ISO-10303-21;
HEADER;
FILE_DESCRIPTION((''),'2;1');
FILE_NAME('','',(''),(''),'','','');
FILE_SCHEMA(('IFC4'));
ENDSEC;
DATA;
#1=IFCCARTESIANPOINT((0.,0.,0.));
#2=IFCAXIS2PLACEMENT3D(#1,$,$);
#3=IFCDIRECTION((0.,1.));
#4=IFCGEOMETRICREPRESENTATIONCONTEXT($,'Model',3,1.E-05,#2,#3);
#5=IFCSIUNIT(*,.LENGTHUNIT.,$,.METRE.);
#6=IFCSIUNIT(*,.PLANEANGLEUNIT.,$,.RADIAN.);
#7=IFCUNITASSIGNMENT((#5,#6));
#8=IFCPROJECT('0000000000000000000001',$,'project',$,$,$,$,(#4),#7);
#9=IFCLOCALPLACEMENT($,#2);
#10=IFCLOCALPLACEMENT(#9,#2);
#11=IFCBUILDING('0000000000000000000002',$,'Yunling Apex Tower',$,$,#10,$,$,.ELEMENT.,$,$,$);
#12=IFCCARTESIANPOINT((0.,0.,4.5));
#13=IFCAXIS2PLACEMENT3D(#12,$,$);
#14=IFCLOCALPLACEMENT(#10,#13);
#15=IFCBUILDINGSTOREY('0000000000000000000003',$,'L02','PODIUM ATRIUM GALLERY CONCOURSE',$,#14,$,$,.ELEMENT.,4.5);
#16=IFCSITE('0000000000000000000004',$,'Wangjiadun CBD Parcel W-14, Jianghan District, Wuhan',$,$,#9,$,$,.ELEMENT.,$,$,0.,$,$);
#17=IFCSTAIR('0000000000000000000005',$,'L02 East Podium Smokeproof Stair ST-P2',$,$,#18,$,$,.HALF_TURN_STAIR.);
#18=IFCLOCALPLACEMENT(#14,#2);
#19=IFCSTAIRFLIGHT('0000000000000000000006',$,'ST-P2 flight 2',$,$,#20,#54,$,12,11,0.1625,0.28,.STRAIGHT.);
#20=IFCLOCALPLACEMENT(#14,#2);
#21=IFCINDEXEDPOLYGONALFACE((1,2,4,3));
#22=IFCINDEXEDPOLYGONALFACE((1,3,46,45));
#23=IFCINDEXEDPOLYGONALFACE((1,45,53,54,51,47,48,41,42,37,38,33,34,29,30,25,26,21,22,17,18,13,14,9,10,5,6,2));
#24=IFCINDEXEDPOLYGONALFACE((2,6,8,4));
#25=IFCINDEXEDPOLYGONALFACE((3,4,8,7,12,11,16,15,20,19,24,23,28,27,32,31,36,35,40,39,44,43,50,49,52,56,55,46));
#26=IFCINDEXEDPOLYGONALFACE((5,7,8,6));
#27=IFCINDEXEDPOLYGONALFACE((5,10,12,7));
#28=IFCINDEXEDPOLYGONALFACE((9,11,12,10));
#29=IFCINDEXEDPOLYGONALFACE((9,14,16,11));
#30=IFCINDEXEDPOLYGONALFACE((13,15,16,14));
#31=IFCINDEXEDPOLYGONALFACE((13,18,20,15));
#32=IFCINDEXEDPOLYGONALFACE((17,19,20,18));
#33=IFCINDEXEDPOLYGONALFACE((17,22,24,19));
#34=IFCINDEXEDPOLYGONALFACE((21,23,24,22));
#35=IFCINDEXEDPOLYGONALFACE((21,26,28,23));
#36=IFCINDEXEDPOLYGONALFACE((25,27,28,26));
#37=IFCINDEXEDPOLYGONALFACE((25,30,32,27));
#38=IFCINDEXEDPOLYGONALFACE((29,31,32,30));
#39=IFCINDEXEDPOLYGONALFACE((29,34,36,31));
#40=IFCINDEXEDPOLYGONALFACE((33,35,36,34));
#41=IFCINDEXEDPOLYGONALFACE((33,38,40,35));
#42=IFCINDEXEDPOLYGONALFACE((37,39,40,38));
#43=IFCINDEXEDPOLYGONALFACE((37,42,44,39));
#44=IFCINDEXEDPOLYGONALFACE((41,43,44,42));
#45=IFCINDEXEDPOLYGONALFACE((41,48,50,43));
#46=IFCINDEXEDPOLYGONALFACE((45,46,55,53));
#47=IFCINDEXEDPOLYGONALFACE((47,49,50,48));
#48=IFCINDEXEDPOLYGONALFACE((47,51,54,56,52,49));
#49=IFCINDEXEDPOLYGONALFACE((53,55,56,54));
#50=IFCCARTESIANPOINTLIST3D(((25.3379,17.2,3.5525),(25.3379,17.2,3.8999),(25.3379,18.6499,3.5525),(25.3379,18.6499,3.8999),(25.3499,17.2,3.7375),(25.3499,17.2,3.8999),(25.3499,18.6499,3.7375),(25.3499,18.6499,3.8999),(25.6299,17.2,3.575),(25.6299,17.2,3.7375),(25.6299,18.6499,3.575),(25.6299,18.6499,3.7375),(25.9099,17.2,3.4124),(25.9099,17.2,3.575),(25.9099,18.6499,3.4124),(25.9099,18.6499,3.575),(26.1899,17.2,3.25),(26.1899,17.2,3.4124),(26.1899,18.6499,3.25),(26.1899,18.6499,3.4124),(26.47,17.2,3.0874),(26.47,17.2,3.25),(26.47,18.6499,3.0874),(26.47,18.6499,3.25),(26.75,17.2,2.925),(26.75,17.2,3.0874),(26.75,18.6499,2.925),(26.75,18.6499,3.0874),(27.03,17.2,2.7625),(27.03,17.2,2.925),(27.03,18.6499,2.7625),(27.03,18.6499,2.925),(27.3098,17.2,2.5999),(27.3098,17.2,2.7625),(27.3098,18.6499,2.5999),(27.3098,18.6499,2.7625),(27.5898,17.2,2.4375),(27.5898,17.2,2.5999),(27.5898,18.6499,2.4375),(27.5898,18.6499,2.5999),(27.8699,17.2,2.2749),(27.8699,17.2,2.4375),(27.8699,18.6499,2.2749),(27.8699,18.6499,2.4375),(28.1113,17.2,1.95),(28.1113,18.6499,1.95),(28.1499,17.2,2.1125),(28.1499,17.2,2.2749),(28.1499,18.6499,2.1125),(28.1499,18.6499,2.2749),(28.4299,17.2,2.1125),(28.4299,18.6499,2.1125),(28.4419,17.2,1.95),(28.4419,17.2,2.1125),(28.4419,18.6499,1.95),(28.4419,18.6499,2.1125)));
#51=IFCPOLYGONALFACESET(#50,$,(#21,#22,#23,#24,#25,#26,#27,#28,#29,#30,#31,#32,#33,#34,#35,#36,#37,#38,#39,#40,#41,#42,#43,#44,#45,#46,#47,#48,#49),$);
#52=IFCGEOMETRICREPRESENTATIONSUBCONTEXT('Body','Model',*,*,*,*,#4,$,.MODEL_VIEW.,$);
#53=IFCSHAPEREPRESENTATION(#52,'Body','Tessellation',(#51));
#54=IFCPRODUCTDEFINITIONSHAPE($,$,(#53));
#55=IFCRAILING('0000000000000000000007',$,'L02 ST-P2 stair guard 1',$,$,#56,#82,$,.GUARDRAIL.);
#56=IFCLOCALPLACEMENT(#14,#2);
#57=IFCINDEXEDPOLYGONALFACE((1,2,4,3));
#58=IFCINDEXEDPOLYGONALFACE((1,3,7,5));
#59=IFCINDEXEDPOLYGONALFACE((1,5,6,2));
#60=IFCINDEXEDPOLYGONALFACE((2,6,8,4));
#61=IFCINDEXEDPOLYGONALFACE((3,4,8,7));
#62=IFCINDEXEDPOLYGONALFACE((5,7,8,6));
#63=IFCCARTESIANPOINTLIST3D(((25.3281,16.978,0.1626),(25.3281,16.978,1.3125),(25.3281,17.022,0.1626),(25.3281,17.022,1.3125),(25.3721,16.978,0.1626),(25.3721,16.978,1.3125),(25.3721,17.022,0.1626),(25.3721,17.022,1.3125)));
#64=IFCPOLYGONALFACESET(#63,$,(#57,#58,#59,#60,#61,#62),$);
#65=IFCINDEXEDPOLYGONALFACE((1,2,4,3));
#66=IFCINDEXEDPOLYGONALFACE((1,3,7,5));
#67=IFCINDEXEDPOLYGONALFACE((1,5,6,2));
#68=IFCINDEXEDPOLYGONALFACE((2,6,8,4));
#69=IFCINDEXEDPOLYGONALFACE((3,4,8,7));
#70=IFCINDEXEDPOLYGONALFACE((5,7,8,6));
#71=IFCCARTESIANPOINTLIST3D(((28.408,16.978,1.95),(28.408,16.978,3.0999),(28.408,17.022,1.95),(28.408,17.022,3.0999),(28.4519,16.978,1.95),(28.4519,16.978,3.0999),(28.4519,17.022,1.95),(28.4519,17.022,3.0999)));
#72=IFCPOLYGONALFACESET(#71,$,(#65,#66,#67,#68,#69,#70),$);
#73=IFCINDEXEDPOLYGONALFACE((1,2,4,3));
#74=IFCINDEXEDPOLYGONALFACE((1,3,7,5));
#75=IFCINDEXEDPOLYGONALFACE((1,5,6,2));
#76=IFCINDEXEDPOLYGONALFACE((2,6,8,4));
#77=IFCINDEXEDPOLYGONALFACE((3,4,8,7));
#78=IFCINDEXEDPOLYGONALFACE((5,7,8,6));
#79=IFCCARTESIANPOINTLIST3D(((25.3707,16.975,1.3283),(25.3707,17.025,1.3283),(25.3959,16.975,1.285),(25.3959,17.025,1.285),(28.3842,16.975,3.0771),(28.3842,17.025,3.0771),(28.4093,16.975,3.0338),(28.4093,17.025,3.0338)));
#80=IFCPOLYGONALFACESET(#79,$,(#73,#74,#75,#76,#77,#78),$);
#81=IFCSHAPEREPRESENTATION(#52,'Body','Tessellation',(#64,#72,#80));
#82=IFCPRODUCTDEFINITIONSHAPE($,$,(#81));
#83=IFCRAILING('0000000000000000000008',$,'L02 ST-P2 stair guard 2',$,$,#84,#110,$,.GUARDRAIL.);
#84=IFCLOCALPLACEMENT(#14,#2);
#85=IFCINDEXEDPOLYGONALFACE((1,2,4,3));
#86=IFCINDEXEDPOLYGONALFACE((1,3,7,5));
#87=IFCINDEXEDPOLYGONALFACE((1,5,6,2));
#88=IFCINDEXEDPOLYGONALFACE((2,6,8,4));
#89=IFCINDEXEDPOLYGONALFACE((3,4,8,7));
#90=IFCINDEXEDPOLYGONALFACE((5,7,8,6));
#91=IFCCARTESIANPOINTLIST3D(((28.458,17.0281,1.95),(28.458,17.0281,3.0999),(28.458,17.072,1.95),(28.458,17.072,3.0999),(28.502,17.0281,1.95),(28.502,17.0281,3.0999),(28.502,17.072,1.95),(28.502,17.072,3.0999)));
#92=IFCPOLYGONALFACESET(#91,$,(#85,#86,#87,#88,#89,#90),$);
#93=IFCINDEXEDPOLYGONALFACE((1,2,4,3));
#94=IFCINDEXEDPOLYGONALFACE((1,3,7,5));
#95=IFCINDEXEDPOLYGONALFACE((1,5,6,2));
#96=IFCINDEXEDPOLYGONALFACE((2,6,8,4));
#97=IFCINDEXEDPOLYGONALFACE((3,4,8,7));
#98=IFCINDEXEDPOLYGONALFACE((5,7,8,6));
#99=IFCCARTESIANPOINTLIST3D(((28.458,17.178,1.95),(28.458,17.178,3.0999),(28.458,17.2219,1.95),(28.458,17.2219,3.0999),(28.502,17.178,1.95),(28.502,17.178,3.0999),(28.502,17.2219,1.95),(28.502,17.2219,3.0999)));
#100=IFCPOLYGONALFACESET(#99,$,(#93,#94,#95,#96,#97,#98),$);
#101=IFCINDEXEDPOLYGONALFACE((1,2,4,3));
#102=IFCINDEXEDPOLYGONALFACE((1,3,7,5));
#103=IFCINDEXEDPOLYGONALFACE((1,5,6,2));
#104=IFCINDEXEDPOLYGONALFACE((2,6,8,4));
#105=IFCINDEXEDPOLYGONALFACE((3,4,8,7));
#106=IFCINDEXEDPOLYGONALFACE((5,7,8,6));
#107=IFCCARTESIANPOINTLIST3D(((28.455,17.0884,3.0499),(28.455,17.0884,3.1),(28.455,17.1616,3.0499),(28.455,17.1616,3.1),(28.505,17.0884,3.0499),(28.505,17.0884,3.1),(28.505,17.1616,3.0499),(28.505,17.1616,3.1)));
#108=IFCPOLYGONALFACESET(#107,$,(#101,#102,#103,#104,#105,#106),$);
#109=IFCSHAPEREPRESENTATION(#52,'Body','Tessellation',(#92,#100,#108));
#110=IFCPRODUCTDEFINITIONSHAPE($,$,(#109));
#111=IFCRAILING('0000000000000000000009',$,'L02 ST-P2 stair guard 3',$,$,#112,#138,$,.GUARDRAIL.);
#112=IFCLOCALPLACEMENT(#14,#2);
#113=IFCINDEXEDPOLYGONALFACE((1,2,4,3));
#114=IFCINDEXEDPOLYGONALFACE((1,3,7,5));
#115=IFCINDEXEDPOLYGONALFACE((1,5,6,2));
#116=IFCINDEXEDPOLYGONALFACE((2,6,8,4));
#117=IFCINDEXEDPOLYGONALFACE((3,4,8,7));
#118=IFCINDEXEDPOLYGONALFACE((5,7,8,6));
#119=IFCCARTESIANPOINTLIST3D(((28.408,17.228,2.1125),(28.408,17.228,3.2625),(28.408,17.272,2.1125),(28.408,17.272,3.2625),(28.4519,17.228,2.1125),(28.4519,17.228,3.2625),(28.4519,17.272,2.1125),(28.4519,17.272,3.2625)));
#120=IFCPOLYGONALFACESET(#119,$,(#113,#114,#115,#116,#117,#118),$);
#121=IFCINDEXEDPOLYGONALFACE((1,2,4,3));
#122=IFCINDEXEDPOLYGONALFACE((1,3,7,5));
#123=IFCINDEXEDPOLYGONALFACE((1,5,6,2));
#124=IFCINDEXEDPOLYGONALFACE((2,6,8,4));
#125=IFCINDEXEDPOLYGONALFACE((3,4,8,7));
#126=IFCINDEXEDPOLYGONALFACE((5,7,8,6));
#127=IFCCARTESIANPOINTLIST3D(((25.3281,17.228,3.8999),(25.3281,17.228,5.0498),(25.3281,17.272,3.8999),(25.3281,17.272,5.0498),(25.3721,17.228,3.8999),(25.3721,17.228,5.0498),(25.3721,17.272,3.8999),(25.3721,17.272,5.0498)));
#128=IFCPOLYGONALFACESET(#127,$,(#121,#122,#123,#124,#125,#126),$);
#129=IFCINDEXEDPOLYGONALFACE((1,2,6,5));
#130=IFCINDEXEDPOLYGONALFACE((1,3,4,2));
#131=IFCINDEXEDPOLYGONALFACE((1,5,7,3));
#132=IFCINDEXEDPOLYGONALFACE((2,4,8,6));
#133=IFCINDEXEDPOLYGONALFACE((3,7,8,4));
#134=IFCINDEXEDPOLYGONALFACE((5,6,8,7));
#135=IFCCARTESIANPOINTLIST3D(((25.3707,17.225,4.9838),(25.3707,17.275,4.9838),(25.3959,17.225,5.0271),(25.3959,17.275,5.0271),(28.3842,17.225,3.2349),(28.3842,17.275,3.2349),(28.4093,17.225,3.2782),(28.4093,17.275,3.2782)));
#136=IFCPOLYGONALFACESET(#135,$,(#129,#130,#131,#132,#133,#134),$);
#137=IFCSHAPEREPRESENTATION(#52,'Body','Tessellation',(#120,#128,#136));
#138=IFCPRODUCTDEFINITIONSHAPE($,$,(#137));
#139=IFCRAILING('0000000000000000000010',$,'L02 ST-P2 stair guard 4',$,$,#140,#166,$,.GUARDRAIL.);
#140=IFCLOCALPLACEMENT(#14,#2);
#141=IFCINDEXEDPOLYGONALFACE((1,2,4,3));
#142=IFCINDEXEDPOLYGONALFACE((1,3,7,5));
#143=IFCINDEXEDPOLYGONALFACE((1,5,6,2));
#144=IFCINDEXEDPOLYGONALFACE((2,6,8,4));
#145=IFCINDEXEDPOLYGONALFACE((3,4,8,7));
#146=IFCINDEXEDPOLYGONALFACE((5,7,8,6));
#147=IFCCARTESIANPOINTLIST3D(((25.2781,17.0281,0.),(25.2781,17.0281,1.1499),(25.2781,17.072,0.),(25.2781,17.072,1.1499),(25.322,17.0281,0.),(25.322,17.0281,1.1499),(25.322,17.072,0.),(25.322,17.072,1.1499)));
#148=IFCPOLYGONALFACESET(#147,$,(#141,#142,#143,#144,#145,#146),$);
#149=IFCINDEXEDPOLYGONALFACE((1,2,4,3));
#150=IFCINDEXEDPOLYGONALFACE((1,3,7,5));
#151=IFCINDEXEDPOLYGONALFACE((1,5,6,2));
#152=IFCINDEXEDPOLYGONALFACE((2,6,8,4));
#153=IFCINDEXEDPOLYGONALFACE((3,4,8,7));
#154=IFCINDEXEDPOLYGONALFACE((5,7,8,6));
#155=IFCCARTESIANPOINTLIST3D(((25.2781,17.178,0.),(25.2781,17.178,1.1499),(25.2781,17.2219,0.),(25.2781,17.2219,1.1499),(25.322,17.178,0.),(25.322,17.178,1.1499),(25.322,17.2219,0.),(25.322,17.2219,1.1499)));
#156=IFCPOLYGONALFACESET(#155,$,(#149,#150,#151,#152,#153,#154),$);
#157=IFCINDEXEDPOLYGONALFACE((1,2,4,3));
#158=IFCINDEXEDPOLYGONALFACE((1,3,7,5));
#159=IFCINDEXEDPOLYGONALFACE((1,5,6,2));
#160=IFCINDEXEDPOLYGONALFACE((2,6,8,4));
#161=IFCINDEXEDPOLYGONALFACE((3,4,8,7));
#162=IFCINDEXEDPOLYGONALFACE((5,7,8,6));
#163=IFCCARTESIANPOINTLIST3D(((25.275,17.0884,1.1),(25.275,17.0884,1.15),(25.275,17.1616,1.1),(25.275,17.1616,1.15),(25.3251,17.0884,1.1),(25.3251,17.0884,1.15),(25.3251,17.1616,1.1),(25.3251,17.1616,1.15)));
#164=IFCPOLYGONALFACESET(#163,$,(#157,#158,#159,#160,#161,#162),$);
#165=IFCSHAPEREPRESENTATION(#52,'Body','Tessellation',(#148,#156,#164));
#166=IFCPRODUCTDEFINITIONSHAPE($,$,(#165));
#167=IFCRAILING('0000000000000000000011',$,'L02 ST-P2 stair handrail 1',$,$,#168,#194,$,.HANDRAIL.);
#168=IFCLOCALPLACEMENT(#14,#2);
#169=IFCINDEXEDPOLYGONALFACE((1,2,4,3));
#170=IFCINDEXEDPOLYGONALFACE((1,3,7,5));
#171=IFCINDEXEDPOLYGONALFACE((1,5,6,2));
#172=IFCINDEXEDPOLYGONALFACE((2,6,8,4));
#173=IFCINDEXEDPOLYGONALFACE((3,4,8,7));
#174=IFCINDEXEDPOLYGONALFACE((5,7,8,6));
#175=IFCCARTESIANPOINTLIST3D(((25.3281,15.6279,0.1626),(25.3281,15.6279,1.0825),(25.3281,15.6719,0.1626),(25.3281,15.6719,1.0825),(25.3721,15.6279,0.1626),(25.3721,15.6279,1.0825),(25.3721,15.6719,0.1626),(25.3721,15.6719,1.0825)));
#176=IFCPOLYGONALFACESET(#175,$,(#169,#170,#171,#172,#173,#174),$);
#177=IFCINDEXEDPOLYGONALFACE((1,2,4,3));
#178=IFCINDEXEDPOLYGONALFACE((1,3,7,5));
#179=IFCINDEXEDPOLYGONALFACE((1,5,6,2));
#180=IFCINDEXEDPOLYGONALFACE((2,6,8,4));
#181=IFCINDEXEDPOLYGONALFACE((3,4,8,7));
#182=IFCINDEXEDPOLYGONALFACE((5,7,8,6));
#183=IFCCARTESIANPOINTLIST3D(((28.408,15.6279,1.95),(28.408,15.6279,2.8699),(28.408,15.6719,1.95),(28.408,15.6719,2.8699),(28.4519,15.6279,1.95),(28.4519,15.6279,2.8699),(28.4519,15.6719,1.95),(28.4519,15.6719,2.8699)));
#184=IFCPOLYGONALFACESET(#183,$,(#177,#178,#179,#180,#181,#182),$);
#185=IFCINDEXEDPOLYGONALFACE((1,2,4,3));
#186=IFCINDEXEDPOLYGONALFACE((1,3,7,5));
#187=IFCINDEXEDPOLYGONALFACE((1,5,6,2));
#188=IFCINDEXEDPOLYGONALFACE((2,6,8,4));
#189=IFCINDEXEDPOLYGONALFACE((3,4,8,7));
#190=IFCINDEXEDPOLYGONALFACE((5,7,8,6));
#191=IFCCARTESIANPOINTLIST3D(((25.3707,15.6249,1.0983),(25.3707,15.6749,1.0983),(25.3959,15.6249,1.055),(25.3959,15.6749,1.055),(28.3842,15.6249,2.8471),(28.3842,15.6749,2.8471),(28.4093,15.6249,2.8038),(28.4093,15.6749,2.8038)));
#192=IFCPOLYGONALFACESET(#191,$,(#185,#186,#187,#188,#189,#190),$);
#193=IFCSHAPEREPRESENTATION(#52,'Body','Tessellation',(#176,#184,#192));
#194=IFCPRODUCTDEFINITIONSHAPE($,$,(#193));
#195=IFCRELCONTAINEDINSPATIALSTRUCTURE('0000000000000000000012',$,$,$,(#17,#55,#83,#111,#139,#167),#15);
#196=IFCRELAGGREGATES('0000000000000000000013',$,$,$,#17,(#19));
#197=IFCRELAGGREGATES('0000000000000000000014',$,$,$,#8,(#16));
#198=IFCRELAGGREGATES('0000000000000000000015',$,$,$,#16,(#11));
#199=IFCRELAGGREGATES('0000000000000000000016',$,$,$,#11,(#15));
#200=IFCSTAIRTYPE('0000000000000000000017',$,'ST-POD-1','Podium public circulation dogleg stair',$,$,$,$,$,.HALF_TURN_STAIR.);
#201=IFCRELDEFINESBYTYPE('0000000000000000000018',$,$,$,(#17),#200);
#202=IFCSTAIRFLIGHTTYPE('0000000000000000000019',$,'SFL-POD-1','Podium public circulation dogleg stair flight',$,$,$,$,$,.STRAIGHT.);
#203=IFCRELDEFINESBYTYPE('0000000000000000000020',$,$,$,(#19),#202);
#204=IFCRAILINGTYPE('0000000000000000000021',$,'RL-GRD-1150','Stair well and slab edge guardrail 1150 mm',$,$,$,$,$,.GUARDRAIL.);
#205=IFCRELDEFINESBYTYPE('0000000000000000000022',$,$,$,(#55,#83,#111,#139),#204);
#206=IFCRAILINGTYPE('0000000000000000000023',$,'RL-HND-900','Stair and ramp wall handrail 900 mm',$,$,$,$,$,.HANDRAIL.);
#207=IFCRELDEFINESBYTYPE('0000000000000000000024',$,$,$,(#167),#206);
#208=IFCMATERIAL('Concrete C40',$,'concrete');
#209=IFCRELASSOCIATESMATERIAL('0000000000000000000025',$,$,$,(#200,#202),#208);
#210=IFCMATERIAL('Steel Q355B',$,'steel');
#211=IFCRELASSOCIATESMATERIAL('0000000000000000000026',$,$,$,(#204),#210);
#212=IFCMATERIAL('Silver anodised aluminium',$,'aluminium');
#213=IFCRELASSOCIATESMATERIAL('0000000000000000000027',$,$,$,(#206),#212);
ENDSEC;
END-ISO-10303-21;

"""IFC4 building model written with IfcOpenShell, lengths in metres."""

from ifc_helpers import new_model, si_unit, direction, frame, origin, origin_2d, place, context, subcontext, project, spatial, polyline, rectangle, outline, extrude, material, type_object, element, aggregate, save


model = new_model("IFC4")

# Units and contexts
model_context = context("Model", 3, precision=1e-05, world=origin(), true_north=direction((0.0, 1.0)))
body_context = subcontext(model_context, "Body", "Model", "MODEL_VIEW")
ifc_project = project(units=[si_unit("LENGTHUNIT", "METRE"), si_unit("PLANEANGLEUNIT", "RADIAN")], contexts=[model_context])

# Site, building, storey
site_placement = place(None, origin())
site = spatial("IfcSite", under=ifc_project, at=site_placement, Name="Wangjiadun CBD Parcel W-14, Jianghan District, Wuhan", CompositionType="ELEMENT", RefElevation=0.0)
building_placement = place(site_placement, origin())
building = spatial("IfcBuilding", under=site, at=building_placement, Name="Yunling Apex Tower", CompositionType="ELEMENT")
storey_placement = place(building_placement, frame((0.0, 0.0, 4.5)))
storey = spatial("IfcBuildingStorey", under=building, at=storey_placement, Name="L02", Description="PODIUM ATRIUM GALLERY CONCOURSE", CompositionType="ELEMENT", Elevation=4.5)

# Shared definitions
ifc_material_1 = material(Name="Steel Q355B", Category="steel")

# Shared definitions
ifc_material_2 = material(Name="Concrete C40", Category="concrete")

# Stair, stair flight
stair_type = type_object("IfcStairType", Name="ST-POD-1", Description="Podium public circulation dogleg stair", PredefinedType="HALF_TURN_STAIR", material=ifc_material_2)
stair_placement = place(storey_placement, origin())
stair = element("IfcStair", 1, at=stair_placement, inside=storey, type_object=stair_type, Name="L02 East Podium Smokeproof Stair ST-P2", PredefinedType="HALF_TURN_STAIR")
stair_flight_type = type_object("IfcStairFlightType", Name="SFL-POD-1", Description="Podium public circulation dogleg stair flight", PredefinedType="STRAIGHT", material=ifc_material_2)
stair_flight_1_placement = place(storey_placement, frame((28.4299, 17.925, 1.95), z_axis=(0.0, 0.0, 1.0), x_axis=(-1.0, 0.0, 0.0)))
stair_flight_1 = element("IfcStairFlight", 2, at=stair_flight_1_placement, type_object=stair_flight_type, Name="ST-P2 flight 2", NumberOfRisers=12, NumberOfTreads=11, PredefinedType="STRAIGHT", RiserHeight=0.1625, TreadLength=0.28, context=body_context, shape_type="SweptSolid", body=[
    extrude(outline(polyline([(-0.012, 0.0), (-0.012, 0.1626), (0.0, 0.1626), (0.28, 0.1626), (0.28, 0.325), (0.5601, 0.325), (0.5601, 0.4875), (0.8401, 0.4875), (0.8401, 0.6499), (1.1201, 0.6499), (1.1201, 0.8125), (1.3999, 0.8125), (1.3999, 0.9751), (1.6799, 0.9751), (1.6799, 1.1375), (1.96, 1.1375), (1.96, 1.3), (2.24, 1.3), (2.24, 1.4624), (2.52, 1.4624), (2.52, 1.625), (2.8, 1.625), (2.8, 1.7876), (3.0801, 1.7876), (3.0801, 1.95), (3.092, 1.95), (3.092, 1.6025), (0.3186, 0.0), (-0.012, 0.0)])), frame((0.0, 0.7251, 0.0), z_axis=(0.0, -1.0, 0.0), x_axis=(1.0, 0.0, 0.0)), (0.0, 0.0, 1.0), 1.45),
])
aggregate(stair, [stair_flight_1])

# Railings
railing_type_1 = type_object("IfcRailingType", Name="RL-GRD-1150", Description="Stair well and slab edge guardrail 1150 mm", PredefinedType="GUARDRAIL", material=ifc_material_1)
railing_1_placement = place(storey_placement, frame((25.3501, 17.0, 0.1626)))
element("IfcRailing", 3, at=railing_1_placement, inside=storey, type_object=railing_type_1, Name="L02 ST-P2 stair guard 1", PredefinedType="GUARDRAIL", context=body_context, shape_type="SweptSolid", body=[
    extrude(rectangle(XDim=0.0439, YDim=0.0439, at=origin_2d()), origin(), (0.0, 0.0, 1.0), 1.1499),
    extrude(rectangle(XDim=0.0439, YDim=0.0439, at=origin_2d()), frame((3.0798, 0.0, 1.7874)), (0.0, 0.0, 1.0), 1.1499),
    extrude(rectangle(XDim=0.05, YDim=0.05, at=origin_2d()), frame((0.0332, 0.0, 1.144), z_axis=(0.864903, 0.0, 0.501939), x_axis=(0.0, 1.0, 0.0)), (0.0, 0.0, 1.0), 3.4841),
])
railing_2_placement = place(storey_placement, frame((28.48, 17.05, 1.95)))
element("IfcRailing", 4, at=railing_2_placement, inside=storey, type_object=railing_type_1, Name="L02 ST-P2 stair guard 2", PredefinedType="GUARDRAIL", context=body_context, shape_type="SweptSolid", body=[
    extrude(rectangle(XDim=0.0439, YDim=0.0439, at=origin_2d()), origin(), (0.0, 0.0, 1.0), 1.1499),
    extrude(rectangle(XDim=0.0439, YDim=0.0439, at=origin_2d()), frame((0.0, 0.1499, 0.0)), (0.0, 0.0, 1.0), 1.1499),
    extrude(rectangle(XDim=0.05, YDim=0.05, at=origin_2d()), frame((0.0, 0.0383, 1.125), z_axis=(0.0, 1.0, 0.0), x_axis=(-1.0, 0.0, 0.0)), (0.0, 0.0, 1.0), 0.0732),
])
railing_3_placement = place(storey_placement, frame((28.4299, 17.25, 2.1125)))
element("IfcRailing", 5, at=railing_3_placement, inside=storey, type_object=railing_type_1, Name="L02 ST-P2 stair guard 3", PredefinedType="GUARDRAIL", context=body_context, shape_type="SweptSolid", body=[
    extrude(rectangle(XDim=0.0439, YDim=0.0439, at=origin_2d()), origin(), (0.0, 0.0, 1.0), 1.1499),
    extrude(rectangle(XDim=0.0439, YDim=0.0439, at=origin_2d()), frame((-3.0798, 0.0, 1.7874)), (0.0, 0.0, 1.0), 1.1499),
    extrude(rectangle(XDim=0.05, YDim=0.05, at=origin_2d()), frame((-0.0332, 0.0, 1.144), z_axis=(-0.864903, 0.0, 0.501939), x_axis=(0.0, -1.0, 0.0)), (0.0, 0.0, 1.0), 3.4841),
])
railing_4_placement = place(storey_placement, frame((25.3, 17.05, 0.0)))
element("IfcRailing", 6, at=railing_4_placement, inside=storey, type_object=railing_type_1, Name="L02 ST-P2 stair guard 4", PredefinedType="GUARDRAIL", context=body_context, shape_type="SweptSolid", body=[
    extrude(rectangle(XDim=0.0439, YDim=0.0439, at=origin_2d()), origin(), (0.0, 0.0, 1.0), 1.1499),
    extrude(rectangle(XDim=0.0439, YDim=0.0439, at=origin_2d()), frame((0.0, 0.1499, 0.0)), (0.0, 0.0, 1.0), 1.1499),
    extrude(rectangle(XDim=0.05, YDim=0.05, at=origin_2d()), frame((0.0, 0.0383, 1.125), z_axis=(0.0, 1.0, 0.0), x_axis=(-1.0, 0.0, 0.0)), (0.0, 0.0, 1.0), 0.0732),
])
ifc_material_3 = material(Name="Silver anodised aluminium", Category="aluminium")
railing_type_2 = type_object("IfcRailingType", Name="RL-HND-900", Description="Stair and ramp wall handrail 900 mm", PredefinedType="HANDRAIL", material=ifc_material_3)
railing_5_placement = place(storey_placement, frame((25.3501, 15.6499, 0.1626)))
element("IfcRailing", 7, at=railing_5_placement, inside=storey, type_object=railing_type_2, Name="L02 ST-P2 stair handrail 1", PredefinedType="HANDRAIL", context=body_context, shape_type="SweptSolid", body=[
    extrude(rectangle(XDim=0.0439, YDim=0.0439, at=origin_2d()), origin(), (0.0, 0.0, 1.0), 0.9199),
    extrude(rectangle(XDim=0.0439, YDim=0.0439, at=origin_2d()), frame((3.0798, 0.0, 1.7874)), (0.0, 0.0, 1.0), 0.9199),
    extrude(rectangle(XDim=0.05, YDim=0.05, at=origin_2d()), frame((0.0332, 0.0, 0.9141), z_axis=(0.864903, 0.0, 0.501939), x_axis=(0.0, 1.0, 0.0)), (0.0, 0.0, 1.0), 3.4841),
])

save(model, "model.ifc")
